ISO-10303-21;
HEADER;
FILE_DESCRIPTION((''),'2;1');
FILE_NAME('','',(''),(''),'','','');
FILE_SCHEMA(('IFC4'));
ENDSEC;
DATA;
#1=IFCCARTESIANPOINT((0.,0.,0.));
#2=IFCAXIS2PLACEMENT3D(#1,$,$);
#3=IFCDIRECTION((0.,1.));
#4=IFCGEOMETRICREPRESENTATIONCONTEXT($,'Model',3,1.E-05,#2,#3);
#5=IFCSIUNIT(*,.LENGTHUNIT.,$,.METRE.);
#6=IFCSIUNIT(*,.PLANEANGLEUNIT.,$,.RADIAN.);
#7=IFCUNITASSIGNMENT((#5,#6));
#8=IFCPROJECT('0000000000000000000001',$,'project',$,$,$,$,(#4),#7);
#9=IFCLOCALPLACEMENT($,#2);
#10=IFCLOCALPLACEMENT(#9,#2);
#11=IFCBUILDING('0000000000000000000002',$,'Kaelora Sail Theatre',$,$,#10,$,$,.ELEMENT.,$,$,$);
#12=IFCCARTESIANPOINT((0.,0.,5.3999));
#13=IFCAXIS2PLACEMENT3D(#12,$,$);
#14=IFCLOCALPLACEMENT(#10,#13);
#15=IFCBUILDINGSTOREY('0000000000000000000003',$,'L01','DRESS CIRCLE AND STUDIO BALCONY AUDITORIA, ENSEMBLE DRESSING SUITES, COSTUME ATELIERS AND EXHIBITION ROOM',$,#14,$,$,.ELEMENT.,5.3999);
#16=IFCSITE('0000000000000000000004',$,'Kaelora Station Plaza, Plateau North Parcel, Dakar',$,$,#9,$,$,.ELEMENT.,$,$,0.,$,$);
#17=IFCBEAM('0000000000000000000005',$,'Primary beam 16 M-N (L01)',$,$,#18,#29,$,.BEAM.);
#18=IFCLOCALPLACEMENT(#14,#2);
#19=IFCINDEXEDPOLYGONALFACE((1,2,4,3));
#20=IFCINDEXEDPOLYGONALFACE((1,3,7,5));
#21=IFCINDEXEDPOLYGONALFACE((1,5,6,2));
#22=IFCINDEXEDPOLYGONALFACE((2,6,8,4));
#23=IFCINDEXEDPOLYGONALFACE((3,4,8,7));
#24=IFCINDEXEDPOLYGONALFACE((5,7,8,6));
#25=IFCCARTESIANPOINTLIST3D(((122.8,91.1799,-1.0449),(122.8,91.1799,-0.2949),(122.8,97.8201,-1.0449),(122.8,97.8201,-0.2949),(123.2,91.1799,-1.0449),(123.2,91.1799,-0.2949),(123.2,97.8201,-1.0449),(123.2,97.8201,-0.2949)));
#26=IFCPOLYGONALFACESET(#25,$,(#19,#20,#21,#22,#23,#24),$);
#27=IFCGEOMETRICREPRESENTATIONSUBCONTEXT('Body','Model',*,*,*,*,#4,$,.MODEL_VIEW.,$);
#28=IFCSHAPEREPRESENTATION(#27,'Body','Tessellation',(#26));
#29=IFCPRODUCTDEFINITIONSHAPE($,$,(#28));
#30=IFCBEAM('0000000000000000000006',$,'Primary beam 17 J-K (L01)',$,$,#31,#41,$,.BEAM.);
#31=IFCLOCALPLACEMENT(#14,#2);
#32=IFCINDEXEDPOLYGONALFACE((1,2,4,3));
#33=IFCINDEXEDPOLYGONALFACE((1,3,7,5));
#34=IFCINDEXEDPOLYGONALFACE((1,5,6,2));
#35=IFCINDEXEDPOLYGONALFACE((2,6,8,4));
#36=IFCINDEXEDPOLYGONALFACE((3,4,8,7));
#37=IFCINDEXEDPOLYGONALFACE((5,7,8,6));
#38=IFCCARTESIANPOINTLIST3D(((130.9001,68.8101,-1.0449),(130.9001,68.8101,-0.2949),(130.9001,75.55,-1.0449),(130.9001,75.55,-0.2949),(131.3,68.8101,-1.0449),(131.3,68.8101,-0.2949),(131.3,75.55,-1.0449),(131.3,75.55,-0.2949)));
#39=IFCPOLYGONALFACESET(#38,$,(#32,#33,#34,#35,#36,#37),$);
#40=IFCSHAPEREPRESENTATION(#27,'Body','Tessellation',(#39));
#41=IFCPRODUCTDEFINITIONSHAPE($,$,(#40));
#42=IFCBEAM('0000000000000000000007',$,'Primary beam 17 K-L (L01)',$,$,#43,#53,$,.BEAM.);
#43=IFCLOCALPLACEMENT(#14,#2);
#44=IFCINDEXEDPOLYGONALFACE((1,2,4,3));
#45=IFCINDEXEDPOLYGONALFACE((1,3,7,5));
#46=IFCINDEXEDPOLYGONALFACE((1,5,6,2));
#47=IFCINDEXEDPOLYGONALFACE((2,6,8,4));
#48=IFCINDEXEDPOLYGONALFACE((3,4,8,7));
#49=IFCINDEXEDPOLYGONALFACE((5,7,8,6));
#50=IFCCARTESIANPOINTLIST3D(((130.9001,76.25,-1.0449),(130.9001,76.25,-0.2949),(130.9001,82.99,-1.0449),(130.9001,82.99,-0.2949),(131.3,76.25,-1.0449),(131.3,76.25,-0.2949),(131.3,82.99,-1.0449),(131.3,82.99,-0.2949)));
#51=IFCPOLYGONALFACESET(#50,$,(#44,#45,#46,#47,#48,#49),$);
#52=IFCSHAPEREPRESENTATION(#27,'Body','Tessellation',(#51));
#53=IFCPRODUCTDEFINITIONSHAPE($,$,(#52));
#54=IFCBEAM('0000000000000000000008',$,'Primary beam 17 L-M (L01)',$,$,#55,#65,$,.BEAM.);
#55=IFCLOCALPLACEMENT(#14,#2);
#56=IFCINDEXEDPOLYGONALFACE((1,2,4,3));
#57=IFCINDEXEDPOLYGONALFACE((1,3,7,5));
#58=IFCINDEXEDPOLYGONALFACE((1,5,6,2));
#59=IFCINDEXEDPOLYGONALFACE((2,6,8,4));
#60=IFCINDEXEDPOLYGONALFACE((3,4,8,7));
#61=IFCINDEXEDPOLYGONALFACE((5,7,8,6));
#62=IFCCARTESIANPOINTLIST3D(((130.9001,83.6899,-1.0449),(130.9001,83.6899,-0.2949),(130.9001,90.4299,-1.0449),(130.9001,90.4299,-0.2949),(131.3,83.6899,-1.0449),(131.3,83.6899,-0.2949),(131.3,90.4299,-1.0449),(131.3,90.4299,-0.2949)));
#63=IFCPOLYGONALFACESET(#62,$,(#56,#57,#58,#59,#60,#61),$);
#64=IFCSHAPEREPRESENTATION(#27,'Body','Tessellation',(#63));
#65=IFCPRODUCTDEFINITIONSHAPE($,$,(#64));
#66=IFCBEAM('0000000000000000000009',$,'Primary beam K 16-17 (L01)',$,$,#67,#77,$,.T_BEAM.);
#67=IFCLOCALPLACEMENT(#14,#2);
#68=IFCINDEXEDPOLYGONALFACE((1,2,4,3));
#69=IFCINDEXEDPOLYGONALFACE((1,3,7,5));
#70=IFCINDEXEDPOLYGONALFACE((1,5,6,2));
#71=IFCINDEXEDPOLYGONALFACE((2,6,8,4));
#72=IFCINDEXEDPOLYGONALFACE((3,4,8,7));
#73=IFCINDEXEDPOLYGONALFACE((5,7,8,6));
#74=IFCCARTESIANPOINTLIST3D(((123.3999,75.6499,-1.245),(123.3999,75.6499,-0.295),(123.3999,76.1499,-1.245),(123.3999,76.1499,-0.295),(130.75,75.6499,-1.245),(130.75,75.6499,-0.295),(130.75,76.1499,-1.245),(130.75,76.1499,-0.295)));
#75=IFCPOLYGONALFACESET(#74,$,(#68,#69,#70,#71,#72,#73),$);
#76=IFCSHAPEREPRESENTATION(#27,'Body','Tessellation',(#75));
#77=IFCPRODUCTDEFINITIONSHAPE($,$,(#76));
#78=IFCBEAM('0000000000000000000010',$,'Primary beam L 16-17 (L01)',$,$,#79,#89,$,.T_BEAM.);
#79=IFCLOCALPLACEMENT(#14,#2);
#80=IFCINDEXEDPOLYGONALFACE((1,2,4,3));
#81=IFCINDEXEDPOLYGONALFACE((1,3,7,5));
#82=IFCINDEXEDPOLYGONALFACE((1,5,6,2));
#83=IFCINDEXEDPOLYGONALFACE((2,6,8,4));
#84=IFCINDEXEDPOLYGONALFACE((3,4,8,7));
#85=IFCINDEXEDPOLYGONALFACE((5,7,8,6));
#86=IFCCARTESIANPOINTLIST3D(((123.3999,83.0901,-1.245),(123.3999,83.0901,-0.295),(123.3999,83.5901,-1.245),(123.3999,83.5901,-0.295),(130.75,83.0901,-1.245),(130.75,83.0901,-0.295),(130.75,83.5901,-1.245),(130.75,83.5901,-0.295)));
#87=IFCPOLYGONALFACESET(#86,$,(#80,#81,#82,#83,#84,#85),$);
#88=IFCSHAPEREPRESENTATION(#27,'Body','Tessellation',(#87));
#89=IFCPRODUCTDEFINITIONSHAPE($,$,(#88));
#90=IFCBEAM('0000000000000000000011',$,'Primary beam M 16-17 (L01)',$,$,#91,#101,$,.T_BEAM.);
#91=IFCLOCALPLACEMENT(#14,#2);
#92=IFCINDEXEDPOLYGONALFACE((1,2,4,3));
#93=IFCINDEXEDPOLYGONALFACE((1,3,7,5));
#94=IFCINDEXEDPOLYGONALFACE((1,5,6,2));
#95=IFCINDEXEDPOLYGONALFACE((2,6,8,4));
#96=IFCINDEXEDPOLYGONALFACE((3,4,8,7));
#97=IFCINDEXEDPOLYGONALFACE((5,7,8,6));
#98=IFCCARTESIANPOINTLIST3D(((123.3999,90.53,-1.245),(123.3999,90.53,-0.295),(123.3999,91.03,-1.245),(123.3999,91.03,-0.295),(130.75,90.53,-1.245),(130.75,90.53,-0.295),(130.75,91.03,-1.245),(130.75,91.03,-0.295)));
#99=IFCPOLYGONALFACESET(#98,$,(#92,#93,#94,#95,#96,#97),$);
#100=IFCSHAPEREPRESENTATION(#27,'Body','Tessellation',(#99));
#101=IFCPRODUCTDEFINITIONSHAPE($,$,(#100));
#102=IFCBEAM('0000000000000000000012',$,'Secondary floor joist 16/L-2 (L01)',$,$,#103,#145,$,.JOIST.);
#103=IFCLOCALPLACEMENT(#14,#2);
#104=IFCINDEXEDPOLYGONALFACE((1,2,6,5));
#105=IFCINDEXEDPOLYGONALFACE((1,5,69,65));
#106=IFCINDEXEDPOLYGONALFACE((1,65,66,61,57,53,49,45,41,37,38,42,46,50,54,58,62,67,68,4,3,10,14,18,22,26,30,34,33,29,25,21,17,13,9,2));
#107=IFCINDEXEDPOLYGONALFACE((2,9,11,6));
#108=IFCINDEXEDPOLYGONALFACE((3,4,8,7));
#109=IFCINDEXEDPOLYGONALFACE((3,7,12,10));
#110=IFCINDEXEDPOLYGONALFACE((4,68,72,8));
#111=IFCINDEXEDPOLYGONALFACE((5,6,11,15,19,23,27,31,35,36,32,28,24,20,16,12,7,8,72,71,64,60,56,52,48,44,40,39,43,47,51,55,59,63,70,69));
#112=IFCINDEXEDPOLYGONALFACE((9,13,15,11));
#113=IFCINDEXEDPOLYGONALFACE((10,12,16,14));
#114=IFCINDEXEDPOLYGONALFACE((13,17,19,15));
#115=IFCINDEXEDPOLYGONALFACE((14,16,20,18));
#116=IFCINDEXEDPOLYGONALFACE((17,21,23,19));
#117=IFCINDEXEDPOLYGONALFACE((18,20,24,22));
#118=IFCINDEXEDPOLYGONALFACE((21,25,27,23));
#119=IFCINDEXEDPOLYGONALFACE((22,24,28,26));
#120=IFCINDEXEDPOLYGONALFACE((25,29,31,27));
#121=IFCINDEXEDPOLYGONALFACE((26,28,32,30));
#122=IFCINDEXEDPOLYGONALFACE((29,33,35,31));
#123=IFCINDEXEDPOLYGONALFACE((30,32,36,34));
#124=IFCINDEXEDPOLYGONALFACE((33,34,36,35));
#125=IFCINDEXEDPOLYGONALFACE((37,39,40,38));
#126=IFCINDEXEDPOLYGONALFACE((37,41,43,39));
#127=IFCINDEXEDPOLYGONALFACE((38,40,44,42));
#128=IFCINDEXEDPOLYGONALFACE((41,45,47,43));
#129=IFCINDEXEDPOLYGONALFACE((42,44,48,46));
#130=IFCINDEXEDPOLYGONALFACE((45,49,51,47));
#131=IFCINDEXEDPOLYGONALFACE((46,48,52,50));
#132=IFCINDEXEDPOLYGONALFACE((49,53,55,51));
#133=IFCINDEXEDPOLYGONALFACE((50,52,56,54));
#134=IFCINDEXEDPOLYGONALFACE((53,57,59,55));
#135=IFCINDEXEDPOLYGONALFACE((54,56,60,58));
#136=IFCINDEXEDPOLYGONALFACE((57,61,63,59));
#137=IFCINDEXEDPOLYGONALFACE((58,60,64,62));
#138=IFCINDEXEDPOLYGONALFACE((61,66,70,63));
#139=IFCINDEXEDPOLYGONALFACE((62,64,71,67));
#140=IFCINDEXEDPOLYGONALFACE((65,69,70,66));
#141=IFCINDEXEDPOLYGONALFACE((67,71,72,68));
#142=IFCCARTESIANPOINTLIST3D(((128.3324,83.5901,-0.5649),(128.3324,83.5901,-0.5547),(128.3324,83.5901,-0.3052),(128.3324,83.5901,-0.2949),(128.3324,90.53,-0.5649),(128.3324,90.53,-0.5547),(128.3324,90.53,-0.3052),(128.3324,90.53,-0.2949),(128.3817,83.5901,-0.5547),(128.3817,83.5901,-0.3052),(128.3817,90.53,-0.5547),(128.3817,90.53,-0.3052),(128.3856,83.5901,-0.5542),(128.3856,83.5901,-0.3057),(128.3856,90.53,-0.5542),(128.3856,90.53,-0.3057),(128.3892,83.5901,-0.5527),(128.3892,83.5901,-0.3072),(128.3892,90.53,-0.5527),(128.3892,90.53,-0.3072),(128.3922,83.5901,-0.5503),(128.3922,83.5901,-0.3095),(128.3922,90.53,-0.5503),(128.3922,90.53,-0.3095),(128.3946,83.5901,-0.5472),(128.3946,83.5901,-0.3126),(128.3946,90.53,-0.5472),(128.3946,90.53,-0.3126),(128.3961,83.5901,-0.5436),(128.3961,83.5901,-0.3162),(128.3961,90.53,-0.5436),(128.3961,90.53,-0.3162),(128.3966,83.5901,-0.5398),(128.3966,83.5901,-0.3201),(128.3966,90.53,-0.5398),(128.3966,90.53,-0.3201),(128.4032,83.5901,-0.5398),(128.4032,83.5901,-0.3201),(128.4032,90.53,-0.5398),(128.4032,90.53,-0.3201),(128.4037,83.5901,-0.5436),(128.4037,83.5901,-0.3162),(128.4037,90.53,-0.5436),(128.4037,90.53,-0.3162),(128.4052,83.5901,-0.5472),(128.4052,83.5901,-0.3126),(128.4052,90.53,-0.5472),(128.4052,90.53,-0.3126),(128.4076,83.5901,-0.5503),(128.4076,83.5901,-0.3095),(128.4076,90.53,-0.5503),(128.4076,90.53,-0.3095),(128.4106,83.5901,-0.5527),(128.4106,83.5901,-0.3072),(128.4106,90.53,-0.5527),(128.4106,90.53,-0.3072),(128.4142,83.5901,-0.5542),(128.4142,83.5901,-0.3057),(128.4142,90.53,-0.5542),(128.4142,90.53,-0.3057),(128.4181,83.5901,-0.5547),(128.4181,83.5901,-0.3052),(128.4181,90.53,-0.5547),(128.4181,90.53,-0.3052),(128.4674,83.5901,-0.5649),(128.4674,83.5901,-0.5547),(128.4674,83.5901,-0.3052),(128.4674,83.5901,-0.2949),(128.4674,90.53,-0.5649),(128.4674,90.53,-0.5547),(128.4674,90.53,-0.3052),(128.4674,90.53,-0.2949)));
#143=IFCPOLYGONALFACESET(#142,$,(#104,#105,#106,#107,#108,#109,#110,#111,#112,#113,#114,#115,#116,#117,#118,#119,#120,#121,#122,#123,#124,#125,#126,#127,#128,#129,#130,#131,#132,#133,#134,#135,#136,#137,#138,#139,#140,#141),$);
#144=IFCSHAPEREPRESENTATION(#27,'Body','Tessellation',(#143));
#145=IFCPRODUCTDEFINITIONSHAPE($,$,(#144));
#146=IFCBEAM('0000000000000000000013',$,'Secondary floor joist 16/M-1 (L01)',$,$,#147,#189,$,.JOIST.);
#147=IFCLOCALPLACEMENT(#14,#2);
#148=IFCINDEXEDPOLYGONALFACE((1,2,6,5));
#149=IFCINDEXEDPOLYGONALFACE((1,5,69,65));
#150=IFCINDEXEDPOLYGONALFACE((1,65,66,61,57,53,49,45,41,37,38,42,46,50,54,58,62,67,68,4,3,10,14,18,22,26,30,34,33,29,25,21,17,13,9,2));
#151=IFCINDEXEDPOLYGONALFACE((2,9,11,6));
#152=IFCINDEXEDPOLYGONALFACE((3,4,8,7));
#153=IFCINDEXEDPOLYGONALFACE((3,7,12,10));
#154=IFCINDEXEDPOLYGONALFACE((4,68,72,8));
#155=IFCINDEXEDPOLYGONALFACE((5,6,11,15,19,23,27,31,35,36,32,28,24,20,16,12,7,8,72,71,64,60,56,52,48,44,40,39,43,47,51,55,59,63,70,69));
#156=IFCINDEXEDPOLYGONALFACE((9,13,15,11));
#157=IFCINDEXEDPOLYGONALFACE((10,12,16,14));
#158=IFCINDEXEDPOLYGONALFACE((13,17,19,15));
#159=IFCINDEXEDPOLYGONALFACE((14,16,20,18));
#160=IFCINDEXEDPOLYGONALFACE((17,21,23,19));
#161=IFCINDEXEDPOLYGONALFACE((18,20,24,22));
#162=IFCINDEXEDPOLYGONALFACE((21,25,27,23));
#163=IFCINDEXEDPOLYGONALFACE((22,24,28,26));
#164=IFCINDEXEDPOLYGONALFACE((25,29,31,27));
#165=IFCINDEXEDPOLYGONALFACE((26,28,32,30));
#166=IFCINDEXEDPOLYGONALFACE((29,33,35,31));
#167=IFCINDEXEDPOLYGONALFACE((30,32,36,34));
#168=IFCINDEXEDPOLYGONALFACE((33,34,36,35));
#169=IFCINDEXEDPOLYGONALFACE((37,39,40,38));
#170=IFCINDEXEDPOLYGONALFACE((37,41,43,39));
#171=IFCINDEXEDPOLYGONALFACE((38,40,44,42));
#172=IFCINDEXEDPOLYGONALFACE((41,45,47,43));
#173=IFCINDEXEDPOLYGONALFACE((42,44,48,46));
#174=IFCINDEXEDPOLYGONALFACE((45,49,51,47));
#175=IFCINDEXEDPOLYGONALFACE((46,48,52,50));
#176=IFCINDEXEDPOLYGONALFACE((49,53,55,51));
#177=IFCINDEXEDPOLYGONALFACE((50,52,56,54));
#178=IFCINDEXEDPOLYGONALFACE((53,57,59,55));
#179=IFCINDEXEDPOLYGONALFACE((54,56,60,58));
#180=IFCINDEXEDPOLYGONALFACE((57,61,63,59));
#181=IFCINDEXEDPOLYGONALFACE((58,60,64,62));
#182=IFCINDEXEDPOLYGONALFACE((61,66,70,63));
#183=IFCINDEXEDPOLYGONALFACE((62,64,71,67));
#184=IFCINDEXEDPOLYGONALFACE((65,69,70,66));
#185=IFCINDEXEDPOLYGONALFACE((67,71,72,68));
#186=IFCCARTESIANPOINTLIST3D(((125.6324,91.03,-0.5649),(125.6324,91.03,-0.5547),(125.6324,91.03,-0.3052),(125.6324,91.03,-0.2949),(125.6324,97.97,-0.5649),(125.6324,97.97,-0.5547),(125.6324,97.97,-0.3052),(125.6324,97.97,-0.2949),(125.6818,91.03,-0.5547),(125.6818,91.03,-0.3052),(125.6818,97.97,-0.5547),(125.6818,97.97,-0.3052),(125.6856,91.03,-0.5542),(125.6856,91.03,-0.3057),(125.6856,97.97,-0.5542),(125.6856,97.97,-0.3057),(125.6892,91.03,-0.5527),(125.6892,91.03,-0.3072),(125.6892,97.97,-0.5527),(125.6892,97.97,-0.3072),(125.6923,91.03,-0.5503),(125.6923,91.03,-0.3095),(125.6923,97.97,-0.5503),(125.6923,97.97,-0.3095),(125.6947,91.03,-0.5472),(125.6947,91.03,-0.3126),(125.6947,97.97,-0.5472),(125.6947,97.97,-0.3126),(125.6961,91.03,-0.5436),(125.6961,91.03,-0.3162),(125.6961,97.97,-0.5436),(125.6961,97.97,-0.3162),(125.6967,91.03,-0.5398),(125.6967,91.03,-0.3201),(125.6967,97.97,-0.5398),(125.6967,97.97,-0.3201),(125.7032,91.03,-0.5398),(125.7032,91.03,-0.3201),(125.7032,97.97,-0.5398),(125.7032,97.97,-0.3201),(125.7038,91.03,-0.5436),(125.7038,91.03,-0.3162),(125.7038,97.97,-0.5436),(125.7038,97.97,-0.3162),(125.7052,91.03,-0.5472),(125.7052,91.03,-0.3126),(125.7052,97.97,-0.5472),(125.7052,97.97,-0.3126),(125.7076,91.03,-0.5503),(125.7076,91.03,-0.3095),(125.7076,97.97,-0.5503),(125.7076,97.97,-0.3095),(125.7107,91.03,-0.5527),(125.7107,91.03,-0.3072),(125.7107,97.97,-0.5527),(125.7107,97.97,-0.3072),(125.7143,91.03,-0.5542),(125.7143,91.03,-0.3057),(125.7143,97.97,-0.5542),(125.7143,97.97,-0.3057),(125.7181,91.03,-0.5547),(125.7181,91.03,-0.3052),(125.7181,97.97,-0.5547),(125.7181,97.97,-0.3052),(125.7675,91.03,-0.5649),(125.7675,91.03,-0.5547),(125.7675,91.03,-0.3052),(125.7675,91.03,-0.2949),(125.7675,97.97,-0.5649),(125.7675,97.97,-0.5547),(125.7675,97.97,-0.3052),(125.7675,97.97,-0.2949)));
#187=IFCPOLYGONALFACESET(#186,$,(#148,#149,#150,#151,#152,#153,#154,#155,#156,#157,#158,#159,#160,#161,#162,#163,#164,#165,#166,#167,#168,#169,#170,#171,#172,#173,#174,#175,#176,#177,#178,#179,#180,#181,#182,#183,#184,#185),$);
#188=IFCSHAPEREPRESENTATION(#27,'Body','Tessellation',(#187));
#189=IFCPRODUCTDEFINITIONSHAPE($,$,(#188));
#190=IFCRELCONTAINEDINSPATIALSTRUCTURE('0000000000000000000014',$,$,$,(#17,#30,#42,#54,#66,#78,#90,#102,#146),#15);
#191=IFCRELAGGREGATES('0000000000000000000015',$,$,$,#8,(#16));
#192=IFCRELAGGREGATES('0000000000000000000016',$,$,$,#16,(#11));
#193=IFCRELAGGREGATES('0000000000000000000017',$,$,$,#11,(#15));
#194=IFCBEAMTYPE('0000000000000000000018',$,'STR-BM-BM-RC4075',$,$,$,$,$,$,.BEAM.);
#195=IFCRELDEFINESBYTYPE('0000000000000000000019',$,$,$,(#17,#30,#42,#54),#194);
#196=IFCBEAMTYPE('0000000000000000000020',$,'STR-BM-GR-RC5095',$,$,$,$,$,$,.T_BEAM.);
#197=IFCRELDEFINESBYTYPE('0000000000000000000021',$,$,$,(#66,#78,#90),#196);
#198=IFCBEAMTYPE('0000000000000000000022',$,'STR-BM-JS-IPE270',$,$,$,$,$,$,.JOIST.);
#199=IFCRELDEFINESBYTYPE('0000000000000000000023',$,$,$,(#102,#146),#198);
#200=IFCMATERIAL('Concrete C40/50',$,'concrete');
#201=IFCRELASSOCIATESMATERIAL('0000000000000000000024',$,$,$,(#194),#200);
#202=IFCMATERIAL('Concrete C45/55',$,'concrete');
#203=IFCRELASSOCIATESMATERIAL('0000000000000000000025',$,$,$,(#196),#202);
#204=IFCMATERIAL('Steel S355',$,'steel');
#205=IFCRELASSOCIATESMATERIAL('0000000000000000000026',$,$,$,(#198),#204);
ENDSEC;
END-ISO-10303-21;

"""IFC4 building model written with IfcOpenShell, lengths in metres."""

from ifc_helpers import new_model, si_unit, direction, frame, origin, origin_2d, place, context, subcontext, project, spatial, rectangle, i_section, extrude, material, material_profile, profile_set, type_object, element, save


model = new_model("IFC4")

# Units and contexts
model_context = context("Model", 3, precision=1e-05, world=origin(), true_north=direction((0.0, 1.0)))
body_context = subcontext(model_context, "Body", "Model", "MODEL_VIEW")
ifc_project = project(units=[si_unit("LENGTHUNIT", "METRE"), si_unit("PLANEANGLEUNIT", "RADIAN")], contexts=[model_context])

# Site, building, storey
site_placement = place(None, origin())
site = spatial("IfcSite", under=ifc_project, at=site_placement, Name="Kaelora Station Plaza, Plateau North Parcel, Dakar", CompositionType="ELEMENT", RefElevation=0.0)
building_placement = place(site_placement, origin())
building = spatial("IfcBuilding", under=site, at=building_placement, Name="Kaelora Sail Theatre", CompositionType="ELEMENT")
storey_placement = place(building_placement, frame((0.0, 0.0, 5.3999)))
storey = spatial("IfcBuildingStorey", under=building, at=storey_placement, Name="L01", Description="DRESS CIRCLE AND STUDIO BALCONY AUDITORIA, ENSEMBLE DRESSING SUITES, COSTUME ATELIERS AND EXHIBITION ROOM", CompositionType="ELEMENT", Elevation=5.3999)

# Beams
ifc_material_1 = material(Name="Concrete C40/50", Category="concrete")
ifc_material_profile_1 = material_profile(ifc_material_1, rectangle(XDim=0.3999, YDim=0.75, at=origin_2d()), Name="RC-BM 400x750")
ifc_profile_set_1 = profile_set([ifc_material_profile_1], Name="Concrete C40/50")
beam_type_1 = type_object("IfcBeamType", Name="STR-BM-BM-RC4075", PredefinedType="BEAM", material=ifc_profile_set_1)
beam_1_placement = place(storey_placement, frame((123.0, 91.1799, -0.6699), z_axis=(0.0, 1.0, 0.0), x_axis=(-1.0, 0.0, 0.0)))
element("IfcBeam", 1, at=beam_1_placement, inside=storey, type_object=beam_type_1, Name="Primary beam 16 M-N (L01)", PredefinedType="BEAM", context=body_context, shape_type="SweptSolid", body=[
    extrude(rectangle(XDim=0.3999, YDim=0.75, at=origin_2d()), origin(), (0.0, 0.0, 1.0), 6.6401),
])
for number, where, z_axis, x_axis, name in (
    (2, (131.1001, 68.8101, -0.6699), (0.0, 1.0, 0.0), (-1.0, 0.0, 0.0), "Primary beam 17 J-K (L01)"),
    (3, (131.1001, 76.25, -0.6699), (0.0, 1.0, 0.0), (-1.0, 0.0, 0.0), "Primary beam 17 K-L (L01)"),
    (4, (131.1001, 83.6899, -0.6699), (0.0, 1.0, 0.0), (-1.0, 0.0, 0.0), "Primary beam 17 L-M (L01)"),
):
    element("IfcBeam", number, at=place(storey_placement, frame(where, z_axis=z_axis, x_axis=x_axis)), inside=storey, type_object=beam_type_1, Name=name, PredefinedType="BEAM", context=body_context, shape_type="SweptSolid", body=[
        extrude(rectangle(XDim=0.3999, YDim=0.75, at=origin_2d()), origin(), (0.0, 0.0, 1.0), 6.74),
    ])
ifc_material_2 = material(Name="Concrete C45/55", Category="concrete")
ifc_material_profile_2 = material_profile(ifc_material_2, rectangle(XDim=0.5, YDim=0.95, at=origin_2d()), Name="RC-GRD 500x950")
ifc_profile_set_2 = profile_set([ifc_material_profile_2], Name="Concrete C45/55")
beam_type_2 = type_object("IfcBeamType", Name="STR-BM-GR-RC5095", PredefinedType="T_BEAM", material=ifc_profile_set_2)
for number, where, z_axis, x_axis, name in (
    (5, (123.3999, 75.8999, -0.77), (1.0, 0.0, 0.0), (0.0, 1.0, 0.0), "Primary beam K 16-17 (L01)"),
    (6, (123.3999, 83.3401, -0.77), (1.0, 0.0, 0.0), (0.0, 1.0, 0.0), "Primary beam L 16-17 (L01)"),
    (7, (123.3999, 90.78, -0.77), (1.0, 0.0, 0.0), (0.0, 1.0, 0.0), "Primary beam M 16-17 (L01)"),
):
    element("IfcBeam", number, at=place(storey_placement, frame(where, z_axis=z_axis, x_axis=x_axis)), inside=storey, type_object=beam_type_2, Name=name, PredefinedType="T_BEAM", context=body_context, shape_type="SweptSolid", body=[
        extrude(rectangle(XDim=0.5, YDim=0.95, at=origin_2d()), origin(), (0.0, 0.0, 1.0), 7.3501),
    ])
ifc_material_3 = material(Name="Steel S355", Category="steel")
ifc_material_profile_3 = material_profile(ifc_material_3, i_section(OverallWidth=0.135, OverallDepth=0.27, WebThickness=0.0066, FlangeThickness=0.0103, FilletRadius=0.0149, at=origin_2d()), Name="IPE 270")
ifc_profile_set_3 = profile_set([ifc_material_profile_3], Name="Steel S355")
beam_type_3 = type_object("IfcBeamType", Name="STR-BM-JS-IPE270", PredefinedType="JOIST", material=ifc_profile_set_3)
for number, where, z_axis, x_axis, name in (
    (8, (128.3999, 83.5901, -0.4299), (0.0, 1.0, 0.0), (-1.0, 0.0, 0.0), "Secondary floor joist 16/L-2 (L01)"),
    (9, (125.7, 91.03, -0.4299), (0.0, 1.0, 0.0), (-1.0, 0.0, 0.0), "Secondary floor joist 16/M-1 (L01)"),
):
    element("IfcBeam", number, at=place(storey_placement, frame(where, z_axis=z_axis, x_axis=x_axis)), inside=storey, type_object=beam_type_3, Name=name, PredefinedType="JOIST", context=body_context, shape_type="SweptSolid", body=[
        extrude(i_section(OverallWidth=0.135, OverallDepth=0.27, WebThickness=0.0066, FlangeThickness=0.0103, FilletRadius=0.0149, at=origin_2d()), origin(), (0.0, 0.0, 1.0), 6.9399),
    ])

save(model, "model.ifc")
